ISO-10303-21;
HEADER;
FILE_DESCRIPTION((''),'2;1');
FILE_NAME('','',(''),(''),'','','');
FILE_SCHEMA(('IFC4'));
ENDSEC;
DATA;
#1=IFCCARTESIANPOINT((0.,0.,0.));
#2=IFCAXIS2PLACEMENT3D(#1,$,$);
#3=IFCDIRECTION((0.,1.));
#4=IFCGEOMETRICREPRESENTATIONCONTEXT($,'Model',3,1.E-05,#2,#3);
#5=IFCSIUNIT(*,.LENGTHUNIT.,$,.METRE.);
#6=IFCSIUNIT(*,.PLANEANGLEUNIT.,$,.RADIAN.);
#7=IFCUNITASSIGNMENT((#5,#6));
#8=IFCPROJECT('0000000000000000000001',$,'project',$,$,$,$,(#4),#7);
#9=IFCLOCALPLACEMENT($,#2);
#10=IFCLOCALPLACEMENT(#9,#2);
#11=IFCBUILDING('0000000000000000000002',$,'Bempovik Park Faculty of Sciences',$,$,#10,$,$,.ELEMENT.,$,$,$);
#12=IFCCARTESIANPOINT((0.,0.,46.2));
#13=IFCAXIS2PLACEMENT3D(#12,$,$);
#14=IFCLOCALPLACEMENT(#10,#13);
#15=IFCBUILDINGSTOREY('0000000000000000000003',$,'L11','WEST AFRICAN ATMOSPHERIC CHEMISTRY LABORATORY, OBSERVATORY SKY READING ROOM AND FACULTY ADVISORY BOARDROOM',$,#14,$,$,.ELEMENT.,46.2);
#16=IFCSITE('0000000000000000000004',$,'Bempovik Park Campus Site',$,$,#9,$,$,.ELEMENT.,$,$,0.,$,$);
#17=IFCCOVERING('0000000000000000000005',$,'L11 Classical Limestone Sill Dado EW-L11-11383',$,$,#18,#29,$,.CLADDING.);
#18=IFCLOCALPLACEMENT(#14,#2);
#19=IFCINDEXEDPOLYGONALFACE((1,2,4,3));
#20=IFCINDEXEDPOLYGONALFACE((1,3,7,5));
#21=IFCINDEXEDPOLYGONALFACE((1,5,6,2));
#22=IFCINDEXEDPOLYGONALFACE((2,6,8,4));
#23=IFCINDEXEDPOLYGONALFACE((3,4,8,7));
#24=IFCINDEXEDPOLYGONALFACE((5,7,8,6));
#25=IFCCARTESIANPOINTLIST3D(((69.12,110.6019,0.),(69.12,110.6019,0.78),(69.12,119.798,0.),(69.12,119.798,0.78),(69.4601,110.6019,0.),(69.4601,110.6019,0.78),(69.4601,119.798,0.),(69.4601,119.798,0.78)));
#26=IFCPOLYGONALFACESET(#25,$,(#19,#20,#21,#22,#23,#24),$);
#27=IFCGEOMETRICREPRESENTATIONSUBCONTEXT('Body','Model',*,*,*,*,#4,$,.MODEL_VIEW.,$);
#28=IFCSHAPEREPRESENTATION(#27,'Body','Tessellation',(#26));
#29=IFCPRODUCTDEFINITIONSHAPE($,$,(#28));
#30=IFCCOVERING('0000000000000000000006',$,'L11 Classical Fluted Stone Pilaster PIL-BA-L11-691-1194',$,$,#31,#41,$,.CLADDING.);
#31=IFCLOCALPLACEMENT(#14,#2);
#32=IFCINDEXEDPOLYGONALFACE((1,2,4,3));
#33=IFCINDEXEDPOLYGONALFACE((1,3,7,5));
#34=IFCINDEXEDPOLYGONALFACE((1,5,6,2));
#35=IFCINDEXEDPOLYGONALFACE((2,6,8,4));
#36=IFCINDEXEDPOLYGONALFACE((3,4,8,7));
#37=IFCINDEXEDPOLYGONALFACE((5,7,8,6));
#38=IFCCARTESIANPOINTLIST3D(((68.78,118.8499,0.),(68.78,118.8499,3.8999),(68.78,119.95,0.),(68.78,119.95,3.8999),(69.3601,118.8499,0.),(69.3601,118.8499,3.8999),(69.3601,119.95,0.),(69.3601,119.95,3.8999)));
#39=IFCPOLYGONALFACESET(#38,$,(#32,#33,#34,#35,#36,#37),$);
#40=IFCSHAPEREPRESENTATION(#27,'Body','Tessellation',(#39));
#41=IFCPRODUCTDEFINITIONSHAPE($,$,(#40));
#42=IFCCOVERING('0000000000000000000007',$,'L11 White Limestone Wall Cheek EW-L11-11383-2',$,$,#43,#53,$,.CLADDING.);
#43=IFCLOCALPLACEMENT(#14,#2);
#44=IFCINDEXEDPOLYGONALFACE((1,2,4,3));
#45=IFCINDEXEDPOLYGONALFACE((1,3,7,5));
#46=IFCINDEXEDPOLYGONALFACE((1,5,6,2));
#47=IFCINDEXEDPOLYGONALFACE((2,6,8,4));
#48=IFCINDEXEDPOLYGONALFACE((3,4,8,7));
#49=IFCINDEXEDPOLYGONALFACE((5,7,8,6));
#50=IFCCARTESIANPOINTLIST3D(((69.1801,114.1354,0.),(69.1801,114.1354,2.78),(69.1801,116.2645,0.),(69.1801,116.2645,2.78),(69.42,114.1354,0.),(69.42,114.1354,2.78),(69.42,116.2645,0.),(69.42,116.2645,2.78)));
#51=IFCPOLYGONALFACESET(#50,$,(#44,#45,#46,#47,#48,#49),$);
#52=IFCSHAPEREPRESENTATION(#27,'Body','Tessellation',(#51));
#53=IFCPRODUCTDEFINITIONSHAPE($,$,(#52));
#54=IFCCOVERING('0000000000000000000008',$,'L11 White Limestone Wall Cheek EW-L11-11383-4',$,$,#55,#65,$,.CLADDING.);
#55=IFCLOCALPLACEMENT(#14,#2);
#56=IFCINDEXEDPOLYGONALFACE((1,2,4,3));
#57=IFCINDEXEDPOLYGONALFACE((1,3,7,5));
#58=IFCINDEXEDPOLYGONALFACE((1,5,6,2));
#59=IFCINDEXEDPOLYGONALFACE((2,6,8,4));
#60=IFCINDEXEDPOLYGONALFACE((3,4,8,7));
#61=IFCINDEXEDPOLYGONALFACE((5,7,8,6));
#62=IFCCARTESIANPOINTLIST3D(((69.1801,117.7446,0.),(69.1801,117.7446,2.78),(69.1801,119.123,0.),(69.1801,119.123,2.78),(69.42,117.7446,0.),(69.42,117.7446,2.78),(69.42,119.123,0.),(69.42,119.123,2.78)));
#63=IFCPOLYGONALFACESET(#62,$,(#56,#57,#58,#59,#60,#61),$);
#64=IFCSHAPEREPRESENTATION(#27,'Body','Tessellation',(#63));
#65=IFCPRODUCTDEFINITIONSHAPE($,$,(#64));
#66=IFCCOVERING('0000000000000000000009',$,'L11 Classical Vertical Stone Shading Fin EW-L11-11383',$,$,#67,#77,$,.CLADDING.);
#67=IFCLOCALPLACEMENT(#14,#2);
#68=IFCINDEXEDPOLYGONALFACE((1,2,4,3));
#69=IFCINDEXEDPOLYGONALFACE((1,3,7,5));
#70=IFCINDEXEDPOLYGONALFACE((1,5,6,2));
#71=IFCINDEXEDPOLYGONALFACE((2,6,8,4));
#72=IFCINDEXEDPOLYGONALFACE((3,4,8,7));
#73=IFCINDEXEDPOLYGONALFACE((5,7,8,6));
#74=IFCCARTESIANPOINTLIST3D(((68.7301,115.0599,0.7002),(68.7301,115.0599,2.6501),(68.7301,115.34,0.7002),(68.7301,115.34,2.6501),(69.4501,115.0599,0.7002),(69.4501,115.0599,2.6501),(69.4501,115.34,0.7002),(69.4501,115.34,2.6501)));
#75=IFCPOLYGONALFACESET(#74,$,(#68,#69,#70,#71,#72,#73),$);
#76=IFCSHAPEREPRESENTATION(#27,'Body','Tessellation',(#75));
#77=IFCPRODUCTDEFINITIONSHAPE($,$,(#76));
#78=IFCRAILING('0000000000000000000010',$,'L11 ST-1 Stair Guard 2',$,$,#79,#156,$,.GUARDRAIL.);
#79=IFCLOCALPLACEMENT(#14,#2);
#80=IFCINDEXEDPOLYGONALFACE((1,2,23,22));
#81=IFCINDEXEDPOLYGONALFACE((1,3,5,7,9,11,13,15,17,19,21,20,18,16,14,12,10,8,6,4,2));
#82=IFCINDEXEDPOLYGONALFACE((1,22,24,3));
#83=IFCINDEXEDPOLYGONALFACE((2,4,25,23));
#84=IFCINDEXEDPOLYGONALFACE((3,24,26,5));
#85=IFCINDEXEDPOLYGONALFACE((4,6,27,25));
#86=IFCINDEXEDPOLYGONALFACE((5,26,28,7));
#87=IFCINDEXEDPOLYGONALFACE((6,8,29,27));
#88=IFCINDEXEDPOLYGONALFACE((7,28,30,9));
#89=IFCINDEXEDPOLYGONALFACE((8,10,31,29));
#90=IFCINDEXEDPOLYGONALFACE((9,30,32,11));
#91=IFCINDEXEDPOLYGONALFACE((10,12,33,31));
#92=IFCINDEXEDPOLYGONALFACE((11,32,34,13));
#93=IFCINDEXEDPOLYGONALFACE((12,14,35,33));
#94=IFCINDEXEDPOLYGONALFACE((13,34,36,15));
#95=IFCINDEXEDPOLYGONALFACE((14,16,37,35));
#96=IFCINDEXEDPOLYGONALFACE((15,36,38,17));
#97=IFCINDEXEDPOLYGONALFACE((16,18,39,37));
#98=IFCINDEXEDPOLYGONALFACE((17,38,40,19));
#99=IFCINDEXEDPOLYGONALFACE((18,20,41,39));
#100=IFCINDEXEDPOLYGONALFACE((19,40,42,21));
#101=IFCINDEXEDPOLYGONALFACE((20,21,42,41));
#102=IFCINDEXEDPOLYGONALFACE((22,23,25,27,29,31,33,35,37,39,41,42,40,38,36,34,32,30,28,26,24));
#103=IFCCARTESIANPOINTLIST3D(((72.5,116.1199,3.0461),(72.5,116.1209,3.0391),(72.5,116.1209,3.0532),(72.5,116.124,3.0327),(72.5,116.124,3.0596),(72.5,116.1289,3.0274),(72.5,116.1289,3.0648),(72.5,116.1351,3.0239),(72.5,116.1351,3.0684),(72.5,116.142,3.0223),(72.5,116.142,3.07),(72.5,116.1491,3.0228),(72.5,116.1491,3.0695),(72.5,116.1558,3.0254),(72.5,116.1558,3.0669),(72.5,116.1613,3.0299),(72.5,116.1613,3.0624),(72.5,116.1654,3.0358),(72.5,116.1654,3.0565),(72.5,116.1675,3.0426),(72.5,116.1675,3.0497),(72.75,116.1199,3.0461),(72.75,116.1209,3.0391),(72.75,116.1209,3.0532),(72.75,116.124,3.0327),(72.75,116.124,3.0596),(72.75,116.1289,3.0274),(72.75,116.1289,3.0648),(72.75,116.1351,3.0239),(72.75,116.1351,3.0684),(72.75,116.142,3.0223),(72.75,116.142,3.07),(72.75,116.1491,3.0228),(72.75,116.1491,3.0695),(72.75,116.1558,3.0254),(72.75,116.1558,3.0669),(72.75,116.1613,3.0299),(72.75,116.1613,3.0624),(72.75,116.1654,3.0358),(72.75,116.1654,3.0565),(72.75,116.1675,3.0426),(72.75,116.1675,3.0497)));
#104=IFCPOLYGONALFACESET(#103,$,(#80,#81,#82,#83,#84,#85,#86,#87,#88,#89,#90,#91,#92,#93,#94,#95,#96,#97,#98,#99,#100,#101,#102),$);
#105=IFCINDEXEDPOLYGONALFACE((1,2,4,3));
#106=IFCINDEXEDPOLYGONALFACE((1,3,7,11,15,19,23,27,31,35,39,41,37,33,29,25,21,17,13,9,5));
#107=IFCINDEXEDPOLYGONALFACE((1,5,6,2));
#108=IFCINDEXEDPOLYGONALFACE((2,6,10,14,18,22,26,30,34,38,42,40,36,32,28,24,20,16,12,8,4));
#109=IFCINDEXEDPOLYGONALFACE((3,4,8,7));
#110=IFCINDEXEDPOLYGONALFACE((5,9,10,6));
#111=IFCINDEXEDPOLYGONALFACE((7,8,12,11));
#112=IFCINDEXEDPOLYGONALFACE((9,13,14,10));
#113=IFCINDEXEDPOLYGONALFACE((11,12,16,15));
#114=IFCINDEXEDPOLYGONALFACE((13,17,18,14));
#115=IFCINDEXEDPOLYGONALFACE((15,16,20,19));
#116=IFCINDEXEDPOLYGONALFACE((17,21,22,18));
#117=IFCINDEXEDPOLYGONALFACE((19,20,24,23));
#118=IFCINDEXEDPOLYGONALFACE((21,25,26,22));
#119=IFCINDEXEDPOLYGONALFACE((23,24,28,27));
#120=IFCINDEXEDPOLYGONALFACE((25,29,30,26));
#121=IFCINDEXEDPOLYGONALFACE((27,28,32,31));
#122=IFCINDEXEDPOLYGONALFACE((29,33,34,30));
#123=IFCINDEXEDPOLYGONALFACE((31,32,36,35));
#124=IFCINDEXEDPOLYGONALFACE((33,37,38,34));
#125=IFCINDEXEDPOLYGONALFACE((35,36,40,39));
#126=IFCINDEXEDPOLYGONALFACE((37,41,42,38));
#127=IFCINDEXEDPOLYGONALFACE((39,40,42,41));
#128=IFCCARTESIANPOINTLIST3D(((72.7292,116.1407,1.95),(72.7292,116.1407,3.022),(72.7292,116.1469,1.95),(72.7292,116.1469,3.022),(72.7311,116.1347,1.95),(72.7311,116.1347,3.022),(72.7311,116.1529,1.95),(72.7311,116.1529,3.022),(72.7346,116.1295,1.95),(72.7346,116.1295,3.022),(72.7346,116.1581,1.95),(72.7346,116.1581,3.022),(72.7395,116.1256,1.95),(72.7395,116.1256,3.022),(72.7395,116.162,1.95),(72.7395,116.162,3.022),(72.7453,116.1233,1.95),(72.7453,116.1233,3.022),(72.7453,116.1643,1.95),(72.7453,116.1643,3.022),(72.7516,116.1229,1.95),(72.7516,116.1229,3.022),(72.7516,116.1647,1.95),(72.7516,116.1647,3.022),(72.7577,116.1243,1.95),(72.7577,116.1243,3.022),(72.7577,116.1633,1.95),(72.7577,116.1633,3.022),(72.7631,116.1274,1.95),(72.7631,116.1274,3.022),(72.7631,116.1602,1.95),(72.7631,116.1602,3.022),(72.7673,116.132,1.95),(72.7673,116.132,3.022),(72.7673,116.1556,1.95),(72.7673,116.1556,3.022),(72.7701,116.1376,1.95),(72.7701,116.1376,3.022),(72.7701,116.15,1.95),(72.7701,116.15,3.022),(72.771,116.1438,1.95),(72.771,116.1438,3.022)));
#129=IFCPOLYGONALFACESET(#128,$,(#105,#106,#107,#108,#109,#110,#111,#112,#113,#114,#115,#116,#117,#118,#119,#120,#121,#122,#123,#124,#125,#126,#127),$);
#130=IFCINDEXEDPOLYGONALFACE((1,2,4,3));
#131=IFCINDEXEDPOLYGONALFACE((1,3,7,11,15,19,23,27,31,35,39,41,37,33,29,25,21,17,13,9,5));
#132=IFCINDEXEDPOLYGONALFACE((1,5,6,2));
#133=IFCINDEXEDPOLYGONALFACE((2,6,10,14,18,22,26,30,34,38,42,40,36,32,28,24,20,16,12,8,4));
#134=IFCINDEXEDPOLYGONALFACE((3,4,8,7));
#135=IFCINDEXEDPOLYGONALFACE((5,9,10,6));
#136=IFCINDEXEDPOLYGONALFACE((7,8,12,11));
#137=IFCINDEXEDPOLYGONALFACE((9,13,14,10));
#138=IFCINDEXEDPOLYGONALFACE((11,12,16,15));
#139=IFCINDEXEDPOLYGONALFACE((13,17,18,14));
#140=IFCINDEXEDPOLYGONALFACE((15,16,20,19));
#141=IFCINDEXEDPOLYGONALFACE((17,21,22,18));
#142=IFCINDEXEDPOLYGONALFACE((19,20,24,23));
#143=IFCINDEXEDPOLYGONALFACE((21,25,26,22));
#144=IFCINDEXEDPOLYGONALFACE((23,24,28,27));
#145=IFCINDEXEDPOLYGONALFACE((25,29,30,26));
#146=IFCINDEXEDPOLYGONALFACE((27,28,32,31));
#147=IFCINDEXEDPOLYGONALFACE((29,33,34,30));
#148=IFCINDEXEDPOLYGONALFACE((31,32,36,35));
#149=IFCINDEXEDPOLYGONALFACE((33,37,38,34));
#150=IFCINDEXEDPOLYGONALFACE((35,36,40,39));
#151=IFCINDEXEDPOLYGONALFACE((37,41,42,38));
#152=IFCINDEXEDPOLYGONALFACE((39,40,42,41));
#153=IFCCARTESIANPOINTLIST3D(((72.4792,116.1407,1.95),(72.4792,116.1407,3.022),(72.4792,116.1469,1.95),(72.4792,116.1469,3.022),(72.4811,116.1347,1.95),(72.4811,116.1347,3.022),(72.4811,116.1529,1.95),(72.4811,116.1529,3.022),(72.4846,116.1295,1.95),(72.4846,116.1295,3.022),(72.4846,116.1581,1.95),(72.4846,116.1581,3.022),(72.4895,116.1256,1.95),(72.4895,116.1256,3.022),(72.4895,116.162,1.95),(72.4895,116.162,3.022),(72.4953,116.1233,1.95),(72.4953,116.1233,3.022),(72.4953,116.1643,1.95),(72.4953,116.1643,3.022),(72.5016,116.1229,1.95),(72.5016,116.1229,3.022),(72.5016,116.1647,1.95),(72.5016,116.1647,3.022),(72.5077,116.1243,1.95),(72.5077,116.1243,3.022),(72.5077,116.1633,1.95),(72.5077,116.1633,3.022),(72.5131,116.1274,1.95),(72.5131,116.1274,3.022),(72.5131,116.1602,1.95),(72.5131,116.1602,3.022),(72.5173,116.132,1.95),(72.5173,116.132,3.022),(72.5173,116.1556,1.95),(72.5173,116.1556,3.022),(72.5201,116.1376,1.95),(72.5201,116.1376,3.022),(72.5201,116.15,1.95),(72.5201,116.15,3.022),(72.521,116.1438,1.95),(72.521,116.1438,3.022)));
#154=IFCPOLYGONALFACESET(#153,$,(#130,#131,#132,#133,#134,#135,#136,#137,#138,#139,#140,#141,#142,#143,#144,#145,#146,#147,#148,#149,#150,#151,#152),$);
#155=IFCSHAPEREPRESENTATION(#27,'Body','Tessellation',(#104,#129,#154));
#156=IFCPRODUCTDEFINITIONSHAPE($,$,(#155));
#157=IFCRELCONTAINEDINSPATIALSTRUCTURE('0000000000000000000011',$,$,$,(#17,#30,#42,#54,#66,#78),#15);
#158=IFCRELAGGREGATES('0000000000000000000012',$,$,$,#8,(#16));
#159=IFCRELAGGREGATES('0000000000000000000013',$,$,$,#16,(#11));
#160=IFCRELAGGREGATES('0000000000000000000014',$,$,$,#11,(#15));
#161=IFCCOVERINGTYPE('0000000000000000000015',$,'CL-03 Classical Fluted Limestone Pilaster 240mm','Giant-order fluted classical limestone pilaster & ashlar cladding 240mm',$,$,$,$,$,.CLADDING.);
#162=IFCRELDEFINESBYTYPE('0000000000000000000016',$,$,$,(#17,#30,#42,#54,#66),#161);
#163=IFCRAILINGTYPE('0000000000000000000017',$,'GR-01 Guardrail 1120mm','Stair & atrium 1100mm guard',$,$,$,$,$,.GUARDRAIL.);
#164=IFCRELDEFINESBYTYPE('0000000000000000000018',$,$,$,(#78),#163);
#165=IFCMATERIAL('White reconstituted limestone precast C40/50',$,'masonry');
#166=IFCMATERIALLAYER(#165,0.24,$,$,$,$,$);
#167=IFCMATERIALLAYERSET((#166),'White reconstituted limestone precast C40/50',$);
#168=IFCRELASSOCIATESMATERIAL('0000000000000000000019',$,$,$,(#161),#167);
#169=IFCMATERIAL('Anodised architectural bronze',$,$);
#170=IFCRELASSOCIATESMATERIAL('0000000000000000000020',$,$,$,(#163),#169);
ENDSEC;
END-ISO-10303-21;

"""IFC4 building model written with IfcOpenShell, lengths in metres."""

from ifc_helpers import new_model, si_unit, direction, frame, origin, origin_2d, place, context, subcontext, project, spatial, rectangle, circle, extrude, material, layer, layer_set, type_object, element, save


model = new_model("IFC4")

# Units and contexts
model_context = context("Model", 3, precision=1e-05, world=origin(), true_north=direction((0.0, 1.0)))
body_context = subcontext(model_context, "Body", "Model", "MODEL_VIEW")
ifc_project = project(units=[si_unit("LENGTHUNIT", "METRE"), si_unit("PLANEANGLEUNIT", "RADIAN")], contexts=[model_context])

# Site, building, storey
site_placement = place(None, origin())
site = spatial("IfcSite", under=ifc_project, at=site_placement, Name="Bempovik Park Campus Site", CompositionType="ELEMENT", RefElevation=0.0)
building_placement = place(site_placement, origin())
building = spatial("IfcBuilding", under=site, at=building_placement, Name="Bempovik Park Faculty of Sciences", CompositionType="ELEMENT")
storey_placement = place(building_placement, frame((0.0, 0.0, 46.2)))
storey = spatial("IfcBuildingStorey", under=building, at=storey_placement, Name="L11", Description="WEST AFRICAN ATMOSPHERIC CHEMISTRY LABORATORY, OBSERVATORY SKY READING ROOM AND FACULTY ADVISORY BOARDROOM", CompositionType="ELEMENT", Elevation=46.2)

# Coverings
ifc_material_1 = material(Name="White reconstituted limestone precast C40/50", Category="masonry")
ifc_layer_1 = layer(ifc_material_1, 0.24)
ifc_layer_set_1 = layer_set([ifc_layer_1], Name="White reconstituted limestone precast C40/50")
covering_type = type_object("IfcCoveringType", Name="CL-03 Classical Fluted Limestone Pilaster 240mm", Description="Giant-order fluted classical limestone pilaster & ashlar cladding 240mm", PredefinedType="CLADDING", material=ifc_layer_set_1)
covering_1_placement = place(storey_placement, frame((69.29, 115.2, 0.0), z_axis=(0.0, 0.0, 1.0), x_axis=(1.0, 0.0, 0.0)))
element("IfcCovering", 1, at=covering_1_placement, inside=storey, type_object=covering_type, Name="L11 Classical Limestone Sill Dado EW-L11-11383", PredefinedType="CLADDING", context=body_context, shape_type="SweptSolid", body=[
    extrude(rectangle(XDim=0.3401, YDim=9.196, at=origin_2d()), origin(), (0.0, 0.0, 1.0), 0.78),
])
covering_2_placement = place(storey_placement, frame((69.0701, 119.3999, 0.0), z_axis=(0.0, 0.0, 1.0), x_axis=(1.0, 0.0, 0.0)))
element("IfcCovering", 2, at=covering_2_placement, inside=storey, type_object=covering_type, Name="L11 Classical Fluted Stone Pilaster PIL-BA-L11-691-1194", PredefinedType="CLADDING", context=body_context, shape_type="SweptSolid", body=[
    extrude(rectangle(XDim=0.5801, YDim=1.1001, at=origin_2d()), origin(), (0.0, 0.0, 1.0), 3.8999),
])
covering_3_placement = place(storey_placement, frame((69.3, 115.2, 0.0), z_axis=(0.0, 0.0, 1.0), x_axis=(1.0, 0.0, 0.0)))
element("IfcCovering", 3, at=covering_3_placement, inside=storey, type_object=covering_type, Name="L11 White Limestone Wall Cheek EW-L11-11383-2", PredefinedType="CLADDING", context=body_context, shape_type="SweptSolid", body=[
    extrude(rectangle(XDim=0.24, YDim=2.1292, at=origin_2d()), origin(), (0.0, 0.0, 1.0), 2.78),
])
covering_4_placement = place(storey_placement, frame((69.3, 118.4338, 0.0), z_axis=(0.0, 0.0, 1.0), x_axis=(1.0, 0.0, 0.0)))
element("IfcCovering", 4, at=covering_4_placement, inside=storey, type_object=covering_type, Name="L11 White Limestone Wall Cheek EW-L11-11383-4", PredefinedType="CLADDING", context=body_context, shape_type="SweptSolid", body=[
    extrude(rectangle(XDim=0.24, YDim=1.3784, at=origin_2d()), origin(), (0.0, 0.0, 1.0), 2.78),
])
covering_5_placement = place(storey_placement, frame((69.0901, 115.2, 0.7002), z_axis=(0.0, 0.0, 1.0), x_axis=(1.0, 0.0, 0.0)))
element("IfcCovering", 5, at=covering_5_placement, inside=storey, type_object=covering_type, Name="L11 Classical Vertical Stone Shading Fin EW-L11-11383", PredefinedType="CLADDING", context=body_context, shape_type="SweptSolid", body=[
    extrude(rectangle(XDim=0.72, YDim=0.28, at=origin_2d()), origin(), (0.0, 0.0, 1.0), 1.95),
])

# Railing
ifc_material_2 = material(Name="Anodised architectural bronze")
railing_type_1 = type_object("IfcRailingType", Name="GR-01 Guardrail 1120mm", Description="Stair & atrium 1100mm guard", PredefinedType="GUARDRAIL", material=ifc_material_2)
railing_1_placement = place(storey_placement, frame((72.75, 116.1438, 1.95)))
element("IfcRailing", 6, at=railing_1_placement, inside=storey, type_object=railing_type_1, Name="L11 ST-1 Stair Guard 2", PredefinedType="GUARDRAIL", context=body_context, shape_type="SweptSolid", body=[
    extrude(circle(Radius=0.0239, at=origin_2d()), frame((0.0, 0.0, 1.0962), z_axis=(-1.0, 0.0, 0.0), x_axis=(0.0, -1.0, 0.0)), (0.0, 0.0, 1.0), 0.25),
    extrude(circle(Radius=0.021, at=origin_2d()), origin(), (0.0, 0.0, 1.0), 1.072),
    extrude(circle(Radius=0.021, at=origin_2d()), frame((-0.25, 0.0, 0.0)), (0.0, 0.0, 1.0), 1.072),
])

save(model, "model.ifc")
